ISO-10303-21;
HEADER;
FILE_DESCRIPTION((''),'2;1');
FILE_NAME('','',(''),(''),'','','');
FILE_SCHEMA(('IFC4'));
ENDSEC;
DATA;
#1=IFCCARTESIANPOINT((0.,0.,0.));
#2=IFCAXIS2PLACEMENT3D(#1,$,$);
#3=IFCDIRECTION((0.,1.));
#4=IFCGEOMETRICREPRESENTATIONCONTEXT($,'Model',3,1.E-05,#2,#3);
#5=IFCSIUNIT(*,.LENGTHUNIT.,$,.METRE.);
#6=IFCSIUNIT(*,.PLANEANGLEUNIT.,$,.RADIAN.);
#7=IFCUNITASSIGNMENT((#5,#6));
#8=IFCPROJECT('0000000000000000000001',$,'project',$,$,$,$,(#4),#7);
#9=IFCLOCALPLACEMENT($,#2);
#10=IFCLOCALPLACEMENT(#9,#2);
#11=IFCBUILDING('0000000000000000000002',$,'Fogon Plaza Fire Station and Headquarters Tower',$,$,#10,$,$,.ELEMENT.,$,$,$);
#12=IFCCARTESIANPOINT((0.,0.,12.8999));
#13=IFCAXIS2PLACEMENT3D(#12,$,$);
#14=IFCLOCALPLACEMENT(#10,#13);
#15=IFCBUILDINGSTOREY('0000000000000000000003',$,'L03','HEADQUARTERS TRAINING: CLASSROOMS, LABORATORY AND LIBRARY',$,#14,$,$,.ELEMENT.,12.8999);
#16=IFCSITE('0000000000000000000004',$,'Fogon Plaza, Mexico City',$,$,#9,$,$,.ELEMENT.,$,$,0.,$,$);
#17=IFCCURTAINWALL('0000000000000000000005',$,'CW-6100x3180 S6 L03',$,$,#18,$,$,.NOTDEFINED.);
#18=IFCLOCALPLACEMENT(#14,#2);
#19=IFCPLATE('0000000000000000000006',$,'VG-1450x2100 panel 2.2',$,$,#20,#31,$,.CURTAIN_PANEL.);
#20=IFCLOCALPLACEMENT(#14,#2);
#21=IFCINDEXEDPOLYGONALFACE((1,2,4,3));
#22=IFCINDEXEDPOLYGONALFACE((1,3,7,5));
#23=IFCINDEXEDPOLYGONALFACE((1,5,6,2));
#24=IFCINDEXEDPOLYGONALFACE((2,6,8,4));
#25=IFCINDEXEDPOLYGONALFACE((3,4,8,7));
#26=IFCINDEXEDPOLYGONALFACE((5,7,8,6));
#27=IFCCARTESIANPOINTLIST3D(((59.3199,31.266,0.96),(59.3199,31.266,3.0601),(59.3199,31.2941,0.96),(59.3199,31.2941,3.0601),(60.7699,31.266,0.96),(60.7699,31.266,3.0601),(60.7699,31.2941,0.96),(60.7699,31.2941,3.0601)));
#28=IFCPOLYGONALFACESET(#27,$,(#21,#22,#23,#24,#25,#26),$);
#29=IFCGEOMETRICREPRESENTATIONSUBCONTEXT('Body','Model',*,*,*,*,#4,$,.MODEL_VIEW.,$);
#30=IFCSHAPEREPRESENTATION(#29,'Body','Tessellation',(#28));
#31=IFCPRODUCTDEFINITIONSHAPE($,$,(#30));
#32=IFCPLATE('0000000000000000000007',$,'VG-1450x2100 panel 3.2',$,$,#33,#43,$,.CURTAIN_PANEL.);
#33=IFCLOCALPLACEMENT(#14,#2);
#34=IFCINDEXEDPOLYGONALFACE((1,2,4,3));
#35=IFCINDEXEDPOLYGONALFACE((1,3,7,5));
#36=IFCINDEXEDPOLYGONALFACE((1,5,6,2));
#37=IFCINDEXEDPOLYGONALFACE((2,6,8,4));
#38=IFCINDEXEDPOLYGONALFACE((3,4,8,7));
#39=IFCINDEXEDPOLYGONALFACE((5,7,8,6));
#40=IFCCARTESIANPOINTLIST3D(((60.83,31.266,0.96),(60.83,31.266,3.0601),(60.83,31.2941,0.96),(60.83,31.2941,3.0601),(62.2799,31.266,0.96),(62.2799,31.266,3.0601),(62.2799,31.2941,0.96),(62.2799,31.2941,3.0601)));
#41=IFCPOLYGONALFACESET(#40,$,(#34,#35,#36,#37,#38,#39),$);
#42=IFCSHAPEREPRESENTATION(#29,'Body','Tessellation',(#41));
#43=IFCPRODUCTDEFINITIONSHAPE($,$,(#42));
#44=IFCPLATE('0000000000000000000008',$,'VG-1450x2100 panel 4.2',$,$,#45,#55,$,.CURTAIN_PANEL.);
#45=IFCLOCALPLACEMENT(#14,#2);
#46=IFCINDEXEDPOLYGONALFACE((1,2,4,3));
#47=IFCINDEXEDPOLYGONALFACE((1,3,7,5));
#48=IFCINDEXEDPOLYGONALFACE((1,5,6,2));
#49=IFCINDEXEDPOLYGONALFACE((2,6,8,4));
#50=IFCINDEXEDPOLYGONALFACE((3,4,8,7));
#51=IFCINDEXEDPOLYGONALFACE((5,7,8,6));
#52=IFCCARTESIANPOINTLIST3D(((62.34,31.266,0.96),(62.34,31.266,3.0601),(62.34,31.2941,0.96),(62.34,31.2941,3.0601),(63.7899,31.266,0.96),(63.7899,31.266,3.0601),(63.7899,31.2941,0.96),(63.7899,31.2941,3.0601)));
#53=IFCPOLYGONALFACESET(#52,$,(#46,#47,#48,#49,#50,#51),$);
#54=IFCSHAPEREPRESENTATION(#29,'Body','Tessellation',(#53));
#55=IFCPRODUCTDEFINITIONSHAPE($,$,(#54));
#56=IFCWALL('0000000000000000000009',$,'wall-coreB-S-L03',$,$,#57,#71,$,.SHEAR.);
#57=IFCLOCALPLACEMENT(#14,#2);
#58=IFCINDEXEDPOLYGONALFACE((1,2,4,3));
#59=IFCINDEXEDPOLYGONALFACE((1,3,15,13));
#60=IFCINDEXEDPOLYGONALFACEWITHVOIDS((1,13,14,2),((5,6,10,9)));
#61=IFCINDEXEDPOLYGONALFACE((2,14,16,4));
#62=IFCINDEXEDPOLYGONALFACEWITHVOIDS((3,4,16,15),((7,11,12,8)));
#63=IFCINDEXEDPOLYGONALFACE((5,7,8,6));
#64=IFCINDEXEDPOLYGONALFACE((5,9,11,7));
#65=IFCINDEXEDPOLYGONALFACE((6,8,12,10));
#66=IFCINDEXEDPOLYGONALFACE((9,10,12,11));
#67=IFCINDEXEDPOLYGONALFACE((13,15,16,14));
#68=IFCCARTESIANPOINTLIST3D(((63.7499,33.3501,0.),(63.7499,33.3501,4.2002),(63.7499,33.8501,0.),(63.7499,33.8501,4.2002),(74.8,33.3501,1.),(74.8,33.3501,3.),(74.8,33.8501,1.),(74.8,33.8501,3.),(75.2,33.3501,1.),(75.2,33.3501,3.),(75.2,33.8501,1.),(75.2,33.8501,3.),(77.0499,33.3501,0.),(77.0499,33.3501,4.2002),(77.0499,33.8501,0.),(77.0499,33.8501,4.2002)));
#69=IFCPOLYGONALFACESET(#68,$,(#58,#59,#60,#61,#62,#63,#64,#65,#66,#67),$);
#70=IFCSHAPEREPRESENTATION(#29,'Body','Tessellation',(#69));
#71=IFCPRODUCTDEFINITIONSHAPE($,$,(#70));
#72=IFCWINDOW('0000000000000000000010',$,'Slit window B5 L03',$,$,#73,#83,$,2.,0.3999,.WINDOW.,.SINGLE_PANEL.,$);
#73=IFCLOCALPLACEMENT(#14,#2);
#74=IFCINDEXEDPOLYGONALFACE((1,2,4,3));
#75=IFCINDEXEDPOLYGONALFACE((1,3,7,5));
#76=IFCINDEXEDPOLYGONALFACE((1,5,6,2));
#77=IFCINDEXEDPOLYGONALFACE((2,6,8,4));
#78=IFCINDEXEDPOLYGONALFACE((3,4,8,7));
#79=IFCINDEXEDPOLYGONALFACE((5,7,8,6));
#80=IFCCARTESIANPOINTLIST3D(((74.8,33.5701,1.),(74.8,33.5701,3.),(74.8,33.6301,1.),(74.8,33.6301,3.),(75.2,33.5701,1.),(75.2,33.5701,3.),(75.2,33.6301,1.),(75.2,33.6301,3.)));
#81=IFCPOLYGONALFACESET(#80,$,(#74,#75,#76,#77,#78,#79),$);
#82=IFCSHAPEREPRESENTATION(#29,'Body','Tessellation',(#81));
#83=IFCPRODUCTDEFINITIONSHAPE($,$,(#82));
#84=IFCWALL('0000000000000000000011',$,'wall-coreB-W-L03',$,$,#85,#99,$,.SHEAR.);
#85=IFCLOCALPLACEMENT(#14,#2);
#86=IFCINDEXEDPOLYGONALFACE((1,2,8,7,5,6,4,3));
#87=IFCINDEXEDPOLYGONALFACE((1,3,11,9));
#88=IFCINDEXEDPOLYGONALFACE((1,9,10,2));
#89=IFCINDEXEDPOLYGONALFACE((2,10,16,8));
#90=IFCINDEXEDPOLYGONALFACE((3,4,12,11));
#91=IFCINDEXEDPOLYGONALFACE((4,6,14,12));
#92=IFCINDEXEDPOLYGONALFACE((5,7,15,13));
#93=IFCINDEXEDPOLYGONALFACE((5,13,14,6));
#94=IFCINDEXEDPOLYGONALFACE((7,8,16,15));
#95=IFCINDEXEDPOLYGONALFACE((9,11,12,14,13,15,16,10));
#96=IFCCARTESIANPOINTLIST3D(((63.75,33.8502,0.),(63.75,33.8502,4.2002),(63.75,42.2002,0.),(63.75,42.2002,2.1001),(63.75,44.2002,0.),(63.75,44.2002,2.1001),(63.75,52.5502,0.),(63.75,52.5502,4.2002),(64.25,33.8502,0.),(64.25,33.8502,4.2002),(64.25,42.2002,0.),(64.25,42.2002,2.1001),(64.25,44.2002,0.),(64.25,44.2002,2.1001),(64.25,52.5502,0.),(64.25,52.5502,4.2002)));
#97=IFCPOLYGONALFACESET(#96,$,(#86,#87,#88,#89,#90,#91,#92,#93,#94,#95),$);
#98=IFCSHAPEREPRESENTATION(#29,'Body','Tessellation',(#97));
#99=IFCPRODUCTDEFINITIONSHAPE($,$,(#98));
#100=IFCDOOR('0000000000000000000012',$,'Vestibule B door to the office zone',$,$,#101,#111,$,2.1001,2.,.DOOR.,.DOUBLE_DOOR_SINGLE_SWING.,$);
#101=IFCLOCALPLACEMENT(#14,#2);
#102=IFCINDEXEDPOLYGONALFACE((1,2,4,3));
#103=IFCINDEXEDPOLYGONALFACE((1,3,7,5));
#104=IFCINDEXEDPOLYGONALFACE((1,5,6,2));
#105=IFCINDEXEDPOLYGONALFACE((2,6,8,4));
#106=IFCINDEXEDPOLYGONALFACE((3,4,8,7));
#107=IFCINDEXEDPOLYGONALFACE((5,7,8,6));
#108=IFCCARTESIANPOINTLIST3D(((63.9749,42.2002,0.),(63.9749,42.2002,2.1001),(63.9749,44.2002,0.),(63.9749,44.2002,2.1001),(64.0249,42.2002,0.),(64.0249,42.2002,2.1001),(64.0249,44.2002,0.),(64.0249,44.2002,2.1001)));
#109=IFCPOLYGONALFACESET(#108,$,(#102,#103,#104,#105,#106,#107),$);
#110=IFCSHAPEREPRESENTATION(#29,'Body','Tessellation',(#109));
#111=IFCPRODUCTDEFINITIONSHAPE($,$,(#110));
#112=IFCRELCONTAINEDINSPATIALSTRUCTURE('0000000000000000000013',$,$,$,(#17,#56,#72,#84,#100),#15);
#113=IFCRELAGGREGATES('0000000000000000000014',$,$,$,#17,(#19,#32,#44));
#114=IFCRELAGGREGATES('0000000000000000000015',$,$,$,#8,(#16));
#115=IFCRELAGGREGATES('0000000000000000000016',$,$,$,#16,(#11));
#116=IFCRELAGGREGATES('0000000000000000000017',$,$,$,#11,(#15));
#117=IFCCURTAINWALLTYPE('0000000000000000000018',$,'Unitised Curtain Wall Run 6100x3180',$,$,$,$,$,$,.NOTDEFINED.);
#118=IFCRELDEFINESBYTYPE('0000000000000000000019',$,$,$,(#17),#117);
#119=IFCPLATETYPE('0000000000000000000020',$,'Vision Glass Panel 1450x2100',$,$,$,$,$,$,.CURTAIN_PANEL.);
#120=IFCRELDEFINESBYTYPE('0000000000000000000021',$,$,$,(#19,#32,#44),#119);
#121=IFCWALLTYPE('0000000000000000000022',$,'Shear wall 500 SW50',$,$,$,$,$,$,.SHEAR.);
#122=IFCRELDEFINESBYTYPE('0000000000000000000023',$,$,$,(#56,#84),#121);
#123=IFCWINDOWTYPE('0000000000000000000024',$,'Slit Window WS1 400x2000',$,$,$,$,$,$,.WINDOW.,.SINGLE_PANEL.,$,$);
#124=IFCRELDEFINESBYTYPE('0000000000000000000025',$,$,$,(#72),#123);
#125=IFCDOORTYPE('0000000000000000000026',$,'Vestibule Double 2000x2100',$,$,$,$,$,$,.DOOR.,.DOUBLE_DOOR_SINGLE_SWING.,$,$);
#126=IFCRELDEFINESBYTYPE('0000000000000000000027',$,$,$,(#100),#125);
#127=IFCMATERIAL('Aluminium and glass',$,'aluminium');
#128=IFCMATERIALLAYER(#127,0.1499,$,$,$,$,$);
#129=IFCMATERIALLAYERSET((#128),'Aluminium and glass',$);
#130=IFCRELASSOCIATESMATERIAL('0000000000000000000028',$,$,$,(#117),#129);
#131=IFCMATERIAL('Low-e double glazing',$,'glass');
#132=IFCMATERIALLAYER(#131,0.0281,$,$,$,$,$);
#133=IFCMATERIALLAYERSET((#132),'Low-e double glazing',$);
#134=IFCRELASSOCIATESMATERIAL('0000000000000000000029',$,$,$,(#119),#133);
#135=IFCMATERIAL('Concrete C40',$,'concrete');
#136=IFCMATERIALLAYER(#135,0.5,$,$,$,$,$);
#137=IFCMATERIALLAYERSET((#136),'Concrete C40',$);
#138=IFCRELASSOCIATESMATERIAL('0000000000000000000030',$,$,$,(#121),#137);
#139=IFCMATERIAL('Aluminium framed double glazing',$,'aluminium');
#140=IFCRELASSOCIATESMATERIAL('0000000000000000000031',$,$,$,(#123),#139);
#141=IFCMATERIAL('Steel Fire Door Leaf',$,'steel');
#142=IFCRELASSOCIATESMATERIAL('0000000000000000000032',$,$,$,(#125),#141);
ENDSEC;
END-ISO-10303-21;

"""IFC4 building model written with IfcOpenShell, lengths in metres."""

from ifc_helpers import new_model, si_unit, direction, frame, frame_2d, origin, origin_2d, place, context, subcontext, project, spatial, rectangle, extrude, material, layer, layer_set, type_object, element, fill, aggregate, save


model = new_model("IFC4")

# Units and contexts
model_context = context("Model", 3, precision=1e-05, world=origin(), true_north=direction((0.0, 1.0)))
body_context = subcontext(model_context, "Body", "Model", "MODEL_VIEW")
ifc_project = project(units=[si_unit("LENGTHUNIT", "METRE"), si_unit("PLANEANGLEUNIT", "RADIAN")], contexts=[model_context])

# Site, building, storey
site_placement = place(None, origin())
site = spatial("IfcSite", under=ifc_project, at=site_placement, Name="Fogon Plaza, Mexico City", CompositionType="ELEMENT", RefElevation=0.0)
building_placement = place(site_placement, origin())
building = spatial("IfcBuilding", under=site, at=building_placement, Name="Fogon Plaza Fire Station and Headquarters Tower", CompositionType="ELEMENT")
storey_placement = place(building_placement, frame((0.0, 0.0, 12.8999)))
storey = spatial("IfcBuildingStorey", under=building, at=storey_placement, Name="L03", Description="HEADQUARTERS TRAINING: CLASSROOMS, LABORATORY AND LIBRARY", CompositionType="ELEMENT", Elevation=12.8999)

# Curtain wall
ifc_material_1 = material(Name="Aluminium and glass", Category="aluminium")
ifc_layer_1 = layer(ifc_material_1, 0.1499)
ifc_layer_set_1 = layer_set([ifc_layer_1], Name="Aluminium and glass")
curtain_wall_type = type_object("IfcCurtainWallType", Name="Unitised Curtain Wall Run 6100x3180", PredefinedType="NOTDEFINED", material=ifc_layer_set_1)
curtain_wall_placement = place(storey_placement, origin())
curtain_wall = element("IfcCurtainWall", 1, at=curtain_wall_placement, inside=storey, type_object=curtain_wall_type, Name="CW-6100x3180 S6 L03", PredefinedType="NOTDEFINED")

# Plates
ifc_material_2 = material(Name="Low-e double glazing", Category="glass")
ifc_layer_2 = layer(ifc_material_2, 0.0281)
ifc_layer_set_2 = layer_set([ifc_layer_2], Name="Low-e double glazing")
plate_type_1 = type_object("IfcPlateType", Name="Vision Glass Panel 1450x2100", PredefinedType="CURTAIN_PANEL", material=ifc_layer_set_2)
plate_1_placement = place(storey_placement, frame((60.0449, 31.28, 0.96), z_axis=(0.0, 0.0, 1.0), x_axis=(1.0, 0.0, 0.0)))
plate_1 = element("IfcPlate", 2, at=plate_1_placement, type_object=plate_type_1, Name="VG-1450x2100 panel 2.2", PredefinedType="CURTAIN_PANEL", context=body_context, shape_type="SweptSolid", body=[
    extrude(rectangle(XDim=1.45, YDim=0.0281, at=origin_2d()), origin(), (0.0, 0.0, 1.0), 2.1001),
])
plate_2_placement = place(storey_placement, frame((61.5549, 31.28, 0.96), z_axis=(0.0, 0.0, 1.0), x_axis=(1.0, 0.0, 0.0)))
plate_2 = element("IfcPlate", 3, at=plate_2_placement, type_object=plate_type_1, Name="VG-1450x2100 panel 3.2", PredefinedType="CURTAIN_PANEL", context=body_context, shape_type="SweptSolid", body=[
    extrude(rectangle(XDim=1.45, YDim=0.0281, at=origin_2d()), origin(), (0.0, 0.0, 1.0), 2.1001),
])
plate_3_placement = place(storey_placement, frame((63.0649, 31.28, 0.96), z_axis=(0.0, 0.0, 1.0), x_axis=(1.0, 0.0, 0.0)))
plate_3 = element("IfcPlate", 4, at=plate_3_placement, type_object=plate_type_1, Name="VG-1450x2100 panel 4.2", PredefinedType="CURTAIN_PANEL", context=body_context, shape_type="SweptSolid", body=[
    extrude(rectangle(XDim=1.45, YDim=0.0281, at=origin_2d()), origin(), (0.0, 0.0, 1.0), 2.1001),
])
aggregate(curtain_wall, [plate_1, plate_2, plate_3])

# Wall, opening, window
ifc_material_3 = material(Name="Concrete C40", Category="concrete")
ifc_layer_3 = layer(ifc_material_3, 0.5)
ifc_layer_set_3 = layer_set([ifc_layer_3], Name="Concrete C40")
wall_type = type_object("IfcWallType", Name="Shear wall 500 SW50", PredefinedType="SHEAR", material=ifc_layer_set_3)
wall_1_placement = place(storey_placement, frame((63.75, 33.6001, 0.0), z_axis=(0.0, 0.0, 1.0), x_axis=(1.0, 0.0, 0.0)))
wall_1 = element("IfcWall", 5, at=wall_1_placement, inside=storey, type_object=wall_type, Name="wall-coreB-S-L03", PredefinedType="SHEAR", context=body_context, shape_type="SweptSolid", body=[
    extrude(rectangle(XDim=13.3, YDim=0.5, at=frame_2d((6.6499, 0.0))), origin(), (0.0, 0.0, 1.0), 4.2002),
])
opening_1_placement = place(wall_1_placement, frame((11.05, 0.0, 1.0)))
opening_1 = element("IfcOpeningElement", 6, at=opening_1_placement, cuts=wall_1, PredefinedType="OPENING", context=body_context, shape_type="SweptSolid", body=[
    extrude(rectangle(XDim=0.3999, YDim=2.0, at=frame_2d((0.2, 1.0))), frame((0.0, 0.26, 0.0), z_axis=(0.0, -1.0, 0.0), x_axis=(1.0, 0.0, 0.0)), (0.0, 0.0, 1.0), 0.52),
])
ifc_material_4 = material(Name="Aluminium framed double glazing", Category="aluminium")
window_type = type_object("IfcWindowType", Name="Slit Window WS1 400x2000", PartitioningType="SINGLE_PANEL", PredefinedType="WINDOW", material=ifc_material_4)
window_placement = place(opening_1_placement, origin())
window = element("IfcWindow", 7, at=window_placement, inside=storey, type_object=window_type, Name="Slit window B5 L03", OverallHeight=2.0, OverallWidth=0.3999, PartitioningType="SINGLE_PANEL", PredefinedType="WINDOW", context=body_context, shape_type="SweptSolid", body=[
    extrude(rectangle(XDim=0.3999, YDim=2.0, at=frame_2d((0.2, 1.0))), frame((0.0, 0.03, 0.0), z_axis=(0.0, -1.0, 0.0), x_axis=(1.0, 0.0, 0.0)), (0.0, 0.0, 1.0), 0.0601),
])
fill(opening_1, window)

# Wall, opening, door
wall_2_placement = place(storey_placement, frame((64.0, 33.8501, 0.0), z_axis=(0.0, 0.0, 1.0), x_axis=(0.0, 1.0, 0.0)))
wall_2 = element("IfcWall", 8, at=wall_2_placement, inside=storey, type_object=wall_type, Name="wall-coreB-W-L03", PredefinedType="SHEAR", context=body_context, shape_type="SweptSolid", body=[
    extrude(rectangle(XDim=18.7, YDim=0.5, at=frame_2d((9.3501, 0.0))), origin(), (0.0, 0.0, 1.0), 4.2002),
])
opening_2_placement = place(wall_2_placement, frame((8.3501, 0.0, 0.0)))
opening_2 = element("IfcOpeningElement", 9, at=opening_2_placement, cuts=wall_2, PredefinedType="OPENING", context=body_context, shape_type="SweptSolid", body=[
    extrude(rectangle(XDim=2.0, YDim=2.1001, at=frame_2d((1.0, 1.05))), frame((0.0, 0.26, 0.0), z_axis=(0.0, -1.0, 0.0), x_axis=(1.0, 0.0, 0.0)), (0.0, 0.0, 1.0), 0.52),
])
ifc_material_5 = material(Name="Steel Fire Door Leaf", Category="steel")
door_type = type_object("IfcDoorType", Name="Vestibule Double 2000x2100", OperationType="DOUBLE_DOOR_SINGLE_SWING", PredefinedType="DOOR", material=ifc_material_5)
door_placement = place(opening_2_placement, frame((2.0, 0.0, 0.0), z_axis=(0.0, 0.0, 1.0), x_axis=(-1.0, 0.0, 0.0)))
door = element("IfcDoor", 10, at=door_placement, inside=storey, type_object=door_type, Name="Vestibule B door to the office zone", OperationType="DOUBLE_DOOR_SINGLE_SWING", OverallHeight=2.1001, OverallWidth=2.0, PredefinedType="DOOR", context=body_context, shape_type="SweptSolid", body=[
    extrude(rectangle(XDim=2.0, YDim=2.1001, at=frame_2d((1.0, 1.05))), frame((0.0, 0.0249, 0.0), z_axis=(0.0, -1.0, 0.0), x_axis=(1.0, 0.0, 0.0)), (0.0, 0.0, 1.0), 0.05),
])
fill(opening_2, door)

save(model, "model.ifc")
